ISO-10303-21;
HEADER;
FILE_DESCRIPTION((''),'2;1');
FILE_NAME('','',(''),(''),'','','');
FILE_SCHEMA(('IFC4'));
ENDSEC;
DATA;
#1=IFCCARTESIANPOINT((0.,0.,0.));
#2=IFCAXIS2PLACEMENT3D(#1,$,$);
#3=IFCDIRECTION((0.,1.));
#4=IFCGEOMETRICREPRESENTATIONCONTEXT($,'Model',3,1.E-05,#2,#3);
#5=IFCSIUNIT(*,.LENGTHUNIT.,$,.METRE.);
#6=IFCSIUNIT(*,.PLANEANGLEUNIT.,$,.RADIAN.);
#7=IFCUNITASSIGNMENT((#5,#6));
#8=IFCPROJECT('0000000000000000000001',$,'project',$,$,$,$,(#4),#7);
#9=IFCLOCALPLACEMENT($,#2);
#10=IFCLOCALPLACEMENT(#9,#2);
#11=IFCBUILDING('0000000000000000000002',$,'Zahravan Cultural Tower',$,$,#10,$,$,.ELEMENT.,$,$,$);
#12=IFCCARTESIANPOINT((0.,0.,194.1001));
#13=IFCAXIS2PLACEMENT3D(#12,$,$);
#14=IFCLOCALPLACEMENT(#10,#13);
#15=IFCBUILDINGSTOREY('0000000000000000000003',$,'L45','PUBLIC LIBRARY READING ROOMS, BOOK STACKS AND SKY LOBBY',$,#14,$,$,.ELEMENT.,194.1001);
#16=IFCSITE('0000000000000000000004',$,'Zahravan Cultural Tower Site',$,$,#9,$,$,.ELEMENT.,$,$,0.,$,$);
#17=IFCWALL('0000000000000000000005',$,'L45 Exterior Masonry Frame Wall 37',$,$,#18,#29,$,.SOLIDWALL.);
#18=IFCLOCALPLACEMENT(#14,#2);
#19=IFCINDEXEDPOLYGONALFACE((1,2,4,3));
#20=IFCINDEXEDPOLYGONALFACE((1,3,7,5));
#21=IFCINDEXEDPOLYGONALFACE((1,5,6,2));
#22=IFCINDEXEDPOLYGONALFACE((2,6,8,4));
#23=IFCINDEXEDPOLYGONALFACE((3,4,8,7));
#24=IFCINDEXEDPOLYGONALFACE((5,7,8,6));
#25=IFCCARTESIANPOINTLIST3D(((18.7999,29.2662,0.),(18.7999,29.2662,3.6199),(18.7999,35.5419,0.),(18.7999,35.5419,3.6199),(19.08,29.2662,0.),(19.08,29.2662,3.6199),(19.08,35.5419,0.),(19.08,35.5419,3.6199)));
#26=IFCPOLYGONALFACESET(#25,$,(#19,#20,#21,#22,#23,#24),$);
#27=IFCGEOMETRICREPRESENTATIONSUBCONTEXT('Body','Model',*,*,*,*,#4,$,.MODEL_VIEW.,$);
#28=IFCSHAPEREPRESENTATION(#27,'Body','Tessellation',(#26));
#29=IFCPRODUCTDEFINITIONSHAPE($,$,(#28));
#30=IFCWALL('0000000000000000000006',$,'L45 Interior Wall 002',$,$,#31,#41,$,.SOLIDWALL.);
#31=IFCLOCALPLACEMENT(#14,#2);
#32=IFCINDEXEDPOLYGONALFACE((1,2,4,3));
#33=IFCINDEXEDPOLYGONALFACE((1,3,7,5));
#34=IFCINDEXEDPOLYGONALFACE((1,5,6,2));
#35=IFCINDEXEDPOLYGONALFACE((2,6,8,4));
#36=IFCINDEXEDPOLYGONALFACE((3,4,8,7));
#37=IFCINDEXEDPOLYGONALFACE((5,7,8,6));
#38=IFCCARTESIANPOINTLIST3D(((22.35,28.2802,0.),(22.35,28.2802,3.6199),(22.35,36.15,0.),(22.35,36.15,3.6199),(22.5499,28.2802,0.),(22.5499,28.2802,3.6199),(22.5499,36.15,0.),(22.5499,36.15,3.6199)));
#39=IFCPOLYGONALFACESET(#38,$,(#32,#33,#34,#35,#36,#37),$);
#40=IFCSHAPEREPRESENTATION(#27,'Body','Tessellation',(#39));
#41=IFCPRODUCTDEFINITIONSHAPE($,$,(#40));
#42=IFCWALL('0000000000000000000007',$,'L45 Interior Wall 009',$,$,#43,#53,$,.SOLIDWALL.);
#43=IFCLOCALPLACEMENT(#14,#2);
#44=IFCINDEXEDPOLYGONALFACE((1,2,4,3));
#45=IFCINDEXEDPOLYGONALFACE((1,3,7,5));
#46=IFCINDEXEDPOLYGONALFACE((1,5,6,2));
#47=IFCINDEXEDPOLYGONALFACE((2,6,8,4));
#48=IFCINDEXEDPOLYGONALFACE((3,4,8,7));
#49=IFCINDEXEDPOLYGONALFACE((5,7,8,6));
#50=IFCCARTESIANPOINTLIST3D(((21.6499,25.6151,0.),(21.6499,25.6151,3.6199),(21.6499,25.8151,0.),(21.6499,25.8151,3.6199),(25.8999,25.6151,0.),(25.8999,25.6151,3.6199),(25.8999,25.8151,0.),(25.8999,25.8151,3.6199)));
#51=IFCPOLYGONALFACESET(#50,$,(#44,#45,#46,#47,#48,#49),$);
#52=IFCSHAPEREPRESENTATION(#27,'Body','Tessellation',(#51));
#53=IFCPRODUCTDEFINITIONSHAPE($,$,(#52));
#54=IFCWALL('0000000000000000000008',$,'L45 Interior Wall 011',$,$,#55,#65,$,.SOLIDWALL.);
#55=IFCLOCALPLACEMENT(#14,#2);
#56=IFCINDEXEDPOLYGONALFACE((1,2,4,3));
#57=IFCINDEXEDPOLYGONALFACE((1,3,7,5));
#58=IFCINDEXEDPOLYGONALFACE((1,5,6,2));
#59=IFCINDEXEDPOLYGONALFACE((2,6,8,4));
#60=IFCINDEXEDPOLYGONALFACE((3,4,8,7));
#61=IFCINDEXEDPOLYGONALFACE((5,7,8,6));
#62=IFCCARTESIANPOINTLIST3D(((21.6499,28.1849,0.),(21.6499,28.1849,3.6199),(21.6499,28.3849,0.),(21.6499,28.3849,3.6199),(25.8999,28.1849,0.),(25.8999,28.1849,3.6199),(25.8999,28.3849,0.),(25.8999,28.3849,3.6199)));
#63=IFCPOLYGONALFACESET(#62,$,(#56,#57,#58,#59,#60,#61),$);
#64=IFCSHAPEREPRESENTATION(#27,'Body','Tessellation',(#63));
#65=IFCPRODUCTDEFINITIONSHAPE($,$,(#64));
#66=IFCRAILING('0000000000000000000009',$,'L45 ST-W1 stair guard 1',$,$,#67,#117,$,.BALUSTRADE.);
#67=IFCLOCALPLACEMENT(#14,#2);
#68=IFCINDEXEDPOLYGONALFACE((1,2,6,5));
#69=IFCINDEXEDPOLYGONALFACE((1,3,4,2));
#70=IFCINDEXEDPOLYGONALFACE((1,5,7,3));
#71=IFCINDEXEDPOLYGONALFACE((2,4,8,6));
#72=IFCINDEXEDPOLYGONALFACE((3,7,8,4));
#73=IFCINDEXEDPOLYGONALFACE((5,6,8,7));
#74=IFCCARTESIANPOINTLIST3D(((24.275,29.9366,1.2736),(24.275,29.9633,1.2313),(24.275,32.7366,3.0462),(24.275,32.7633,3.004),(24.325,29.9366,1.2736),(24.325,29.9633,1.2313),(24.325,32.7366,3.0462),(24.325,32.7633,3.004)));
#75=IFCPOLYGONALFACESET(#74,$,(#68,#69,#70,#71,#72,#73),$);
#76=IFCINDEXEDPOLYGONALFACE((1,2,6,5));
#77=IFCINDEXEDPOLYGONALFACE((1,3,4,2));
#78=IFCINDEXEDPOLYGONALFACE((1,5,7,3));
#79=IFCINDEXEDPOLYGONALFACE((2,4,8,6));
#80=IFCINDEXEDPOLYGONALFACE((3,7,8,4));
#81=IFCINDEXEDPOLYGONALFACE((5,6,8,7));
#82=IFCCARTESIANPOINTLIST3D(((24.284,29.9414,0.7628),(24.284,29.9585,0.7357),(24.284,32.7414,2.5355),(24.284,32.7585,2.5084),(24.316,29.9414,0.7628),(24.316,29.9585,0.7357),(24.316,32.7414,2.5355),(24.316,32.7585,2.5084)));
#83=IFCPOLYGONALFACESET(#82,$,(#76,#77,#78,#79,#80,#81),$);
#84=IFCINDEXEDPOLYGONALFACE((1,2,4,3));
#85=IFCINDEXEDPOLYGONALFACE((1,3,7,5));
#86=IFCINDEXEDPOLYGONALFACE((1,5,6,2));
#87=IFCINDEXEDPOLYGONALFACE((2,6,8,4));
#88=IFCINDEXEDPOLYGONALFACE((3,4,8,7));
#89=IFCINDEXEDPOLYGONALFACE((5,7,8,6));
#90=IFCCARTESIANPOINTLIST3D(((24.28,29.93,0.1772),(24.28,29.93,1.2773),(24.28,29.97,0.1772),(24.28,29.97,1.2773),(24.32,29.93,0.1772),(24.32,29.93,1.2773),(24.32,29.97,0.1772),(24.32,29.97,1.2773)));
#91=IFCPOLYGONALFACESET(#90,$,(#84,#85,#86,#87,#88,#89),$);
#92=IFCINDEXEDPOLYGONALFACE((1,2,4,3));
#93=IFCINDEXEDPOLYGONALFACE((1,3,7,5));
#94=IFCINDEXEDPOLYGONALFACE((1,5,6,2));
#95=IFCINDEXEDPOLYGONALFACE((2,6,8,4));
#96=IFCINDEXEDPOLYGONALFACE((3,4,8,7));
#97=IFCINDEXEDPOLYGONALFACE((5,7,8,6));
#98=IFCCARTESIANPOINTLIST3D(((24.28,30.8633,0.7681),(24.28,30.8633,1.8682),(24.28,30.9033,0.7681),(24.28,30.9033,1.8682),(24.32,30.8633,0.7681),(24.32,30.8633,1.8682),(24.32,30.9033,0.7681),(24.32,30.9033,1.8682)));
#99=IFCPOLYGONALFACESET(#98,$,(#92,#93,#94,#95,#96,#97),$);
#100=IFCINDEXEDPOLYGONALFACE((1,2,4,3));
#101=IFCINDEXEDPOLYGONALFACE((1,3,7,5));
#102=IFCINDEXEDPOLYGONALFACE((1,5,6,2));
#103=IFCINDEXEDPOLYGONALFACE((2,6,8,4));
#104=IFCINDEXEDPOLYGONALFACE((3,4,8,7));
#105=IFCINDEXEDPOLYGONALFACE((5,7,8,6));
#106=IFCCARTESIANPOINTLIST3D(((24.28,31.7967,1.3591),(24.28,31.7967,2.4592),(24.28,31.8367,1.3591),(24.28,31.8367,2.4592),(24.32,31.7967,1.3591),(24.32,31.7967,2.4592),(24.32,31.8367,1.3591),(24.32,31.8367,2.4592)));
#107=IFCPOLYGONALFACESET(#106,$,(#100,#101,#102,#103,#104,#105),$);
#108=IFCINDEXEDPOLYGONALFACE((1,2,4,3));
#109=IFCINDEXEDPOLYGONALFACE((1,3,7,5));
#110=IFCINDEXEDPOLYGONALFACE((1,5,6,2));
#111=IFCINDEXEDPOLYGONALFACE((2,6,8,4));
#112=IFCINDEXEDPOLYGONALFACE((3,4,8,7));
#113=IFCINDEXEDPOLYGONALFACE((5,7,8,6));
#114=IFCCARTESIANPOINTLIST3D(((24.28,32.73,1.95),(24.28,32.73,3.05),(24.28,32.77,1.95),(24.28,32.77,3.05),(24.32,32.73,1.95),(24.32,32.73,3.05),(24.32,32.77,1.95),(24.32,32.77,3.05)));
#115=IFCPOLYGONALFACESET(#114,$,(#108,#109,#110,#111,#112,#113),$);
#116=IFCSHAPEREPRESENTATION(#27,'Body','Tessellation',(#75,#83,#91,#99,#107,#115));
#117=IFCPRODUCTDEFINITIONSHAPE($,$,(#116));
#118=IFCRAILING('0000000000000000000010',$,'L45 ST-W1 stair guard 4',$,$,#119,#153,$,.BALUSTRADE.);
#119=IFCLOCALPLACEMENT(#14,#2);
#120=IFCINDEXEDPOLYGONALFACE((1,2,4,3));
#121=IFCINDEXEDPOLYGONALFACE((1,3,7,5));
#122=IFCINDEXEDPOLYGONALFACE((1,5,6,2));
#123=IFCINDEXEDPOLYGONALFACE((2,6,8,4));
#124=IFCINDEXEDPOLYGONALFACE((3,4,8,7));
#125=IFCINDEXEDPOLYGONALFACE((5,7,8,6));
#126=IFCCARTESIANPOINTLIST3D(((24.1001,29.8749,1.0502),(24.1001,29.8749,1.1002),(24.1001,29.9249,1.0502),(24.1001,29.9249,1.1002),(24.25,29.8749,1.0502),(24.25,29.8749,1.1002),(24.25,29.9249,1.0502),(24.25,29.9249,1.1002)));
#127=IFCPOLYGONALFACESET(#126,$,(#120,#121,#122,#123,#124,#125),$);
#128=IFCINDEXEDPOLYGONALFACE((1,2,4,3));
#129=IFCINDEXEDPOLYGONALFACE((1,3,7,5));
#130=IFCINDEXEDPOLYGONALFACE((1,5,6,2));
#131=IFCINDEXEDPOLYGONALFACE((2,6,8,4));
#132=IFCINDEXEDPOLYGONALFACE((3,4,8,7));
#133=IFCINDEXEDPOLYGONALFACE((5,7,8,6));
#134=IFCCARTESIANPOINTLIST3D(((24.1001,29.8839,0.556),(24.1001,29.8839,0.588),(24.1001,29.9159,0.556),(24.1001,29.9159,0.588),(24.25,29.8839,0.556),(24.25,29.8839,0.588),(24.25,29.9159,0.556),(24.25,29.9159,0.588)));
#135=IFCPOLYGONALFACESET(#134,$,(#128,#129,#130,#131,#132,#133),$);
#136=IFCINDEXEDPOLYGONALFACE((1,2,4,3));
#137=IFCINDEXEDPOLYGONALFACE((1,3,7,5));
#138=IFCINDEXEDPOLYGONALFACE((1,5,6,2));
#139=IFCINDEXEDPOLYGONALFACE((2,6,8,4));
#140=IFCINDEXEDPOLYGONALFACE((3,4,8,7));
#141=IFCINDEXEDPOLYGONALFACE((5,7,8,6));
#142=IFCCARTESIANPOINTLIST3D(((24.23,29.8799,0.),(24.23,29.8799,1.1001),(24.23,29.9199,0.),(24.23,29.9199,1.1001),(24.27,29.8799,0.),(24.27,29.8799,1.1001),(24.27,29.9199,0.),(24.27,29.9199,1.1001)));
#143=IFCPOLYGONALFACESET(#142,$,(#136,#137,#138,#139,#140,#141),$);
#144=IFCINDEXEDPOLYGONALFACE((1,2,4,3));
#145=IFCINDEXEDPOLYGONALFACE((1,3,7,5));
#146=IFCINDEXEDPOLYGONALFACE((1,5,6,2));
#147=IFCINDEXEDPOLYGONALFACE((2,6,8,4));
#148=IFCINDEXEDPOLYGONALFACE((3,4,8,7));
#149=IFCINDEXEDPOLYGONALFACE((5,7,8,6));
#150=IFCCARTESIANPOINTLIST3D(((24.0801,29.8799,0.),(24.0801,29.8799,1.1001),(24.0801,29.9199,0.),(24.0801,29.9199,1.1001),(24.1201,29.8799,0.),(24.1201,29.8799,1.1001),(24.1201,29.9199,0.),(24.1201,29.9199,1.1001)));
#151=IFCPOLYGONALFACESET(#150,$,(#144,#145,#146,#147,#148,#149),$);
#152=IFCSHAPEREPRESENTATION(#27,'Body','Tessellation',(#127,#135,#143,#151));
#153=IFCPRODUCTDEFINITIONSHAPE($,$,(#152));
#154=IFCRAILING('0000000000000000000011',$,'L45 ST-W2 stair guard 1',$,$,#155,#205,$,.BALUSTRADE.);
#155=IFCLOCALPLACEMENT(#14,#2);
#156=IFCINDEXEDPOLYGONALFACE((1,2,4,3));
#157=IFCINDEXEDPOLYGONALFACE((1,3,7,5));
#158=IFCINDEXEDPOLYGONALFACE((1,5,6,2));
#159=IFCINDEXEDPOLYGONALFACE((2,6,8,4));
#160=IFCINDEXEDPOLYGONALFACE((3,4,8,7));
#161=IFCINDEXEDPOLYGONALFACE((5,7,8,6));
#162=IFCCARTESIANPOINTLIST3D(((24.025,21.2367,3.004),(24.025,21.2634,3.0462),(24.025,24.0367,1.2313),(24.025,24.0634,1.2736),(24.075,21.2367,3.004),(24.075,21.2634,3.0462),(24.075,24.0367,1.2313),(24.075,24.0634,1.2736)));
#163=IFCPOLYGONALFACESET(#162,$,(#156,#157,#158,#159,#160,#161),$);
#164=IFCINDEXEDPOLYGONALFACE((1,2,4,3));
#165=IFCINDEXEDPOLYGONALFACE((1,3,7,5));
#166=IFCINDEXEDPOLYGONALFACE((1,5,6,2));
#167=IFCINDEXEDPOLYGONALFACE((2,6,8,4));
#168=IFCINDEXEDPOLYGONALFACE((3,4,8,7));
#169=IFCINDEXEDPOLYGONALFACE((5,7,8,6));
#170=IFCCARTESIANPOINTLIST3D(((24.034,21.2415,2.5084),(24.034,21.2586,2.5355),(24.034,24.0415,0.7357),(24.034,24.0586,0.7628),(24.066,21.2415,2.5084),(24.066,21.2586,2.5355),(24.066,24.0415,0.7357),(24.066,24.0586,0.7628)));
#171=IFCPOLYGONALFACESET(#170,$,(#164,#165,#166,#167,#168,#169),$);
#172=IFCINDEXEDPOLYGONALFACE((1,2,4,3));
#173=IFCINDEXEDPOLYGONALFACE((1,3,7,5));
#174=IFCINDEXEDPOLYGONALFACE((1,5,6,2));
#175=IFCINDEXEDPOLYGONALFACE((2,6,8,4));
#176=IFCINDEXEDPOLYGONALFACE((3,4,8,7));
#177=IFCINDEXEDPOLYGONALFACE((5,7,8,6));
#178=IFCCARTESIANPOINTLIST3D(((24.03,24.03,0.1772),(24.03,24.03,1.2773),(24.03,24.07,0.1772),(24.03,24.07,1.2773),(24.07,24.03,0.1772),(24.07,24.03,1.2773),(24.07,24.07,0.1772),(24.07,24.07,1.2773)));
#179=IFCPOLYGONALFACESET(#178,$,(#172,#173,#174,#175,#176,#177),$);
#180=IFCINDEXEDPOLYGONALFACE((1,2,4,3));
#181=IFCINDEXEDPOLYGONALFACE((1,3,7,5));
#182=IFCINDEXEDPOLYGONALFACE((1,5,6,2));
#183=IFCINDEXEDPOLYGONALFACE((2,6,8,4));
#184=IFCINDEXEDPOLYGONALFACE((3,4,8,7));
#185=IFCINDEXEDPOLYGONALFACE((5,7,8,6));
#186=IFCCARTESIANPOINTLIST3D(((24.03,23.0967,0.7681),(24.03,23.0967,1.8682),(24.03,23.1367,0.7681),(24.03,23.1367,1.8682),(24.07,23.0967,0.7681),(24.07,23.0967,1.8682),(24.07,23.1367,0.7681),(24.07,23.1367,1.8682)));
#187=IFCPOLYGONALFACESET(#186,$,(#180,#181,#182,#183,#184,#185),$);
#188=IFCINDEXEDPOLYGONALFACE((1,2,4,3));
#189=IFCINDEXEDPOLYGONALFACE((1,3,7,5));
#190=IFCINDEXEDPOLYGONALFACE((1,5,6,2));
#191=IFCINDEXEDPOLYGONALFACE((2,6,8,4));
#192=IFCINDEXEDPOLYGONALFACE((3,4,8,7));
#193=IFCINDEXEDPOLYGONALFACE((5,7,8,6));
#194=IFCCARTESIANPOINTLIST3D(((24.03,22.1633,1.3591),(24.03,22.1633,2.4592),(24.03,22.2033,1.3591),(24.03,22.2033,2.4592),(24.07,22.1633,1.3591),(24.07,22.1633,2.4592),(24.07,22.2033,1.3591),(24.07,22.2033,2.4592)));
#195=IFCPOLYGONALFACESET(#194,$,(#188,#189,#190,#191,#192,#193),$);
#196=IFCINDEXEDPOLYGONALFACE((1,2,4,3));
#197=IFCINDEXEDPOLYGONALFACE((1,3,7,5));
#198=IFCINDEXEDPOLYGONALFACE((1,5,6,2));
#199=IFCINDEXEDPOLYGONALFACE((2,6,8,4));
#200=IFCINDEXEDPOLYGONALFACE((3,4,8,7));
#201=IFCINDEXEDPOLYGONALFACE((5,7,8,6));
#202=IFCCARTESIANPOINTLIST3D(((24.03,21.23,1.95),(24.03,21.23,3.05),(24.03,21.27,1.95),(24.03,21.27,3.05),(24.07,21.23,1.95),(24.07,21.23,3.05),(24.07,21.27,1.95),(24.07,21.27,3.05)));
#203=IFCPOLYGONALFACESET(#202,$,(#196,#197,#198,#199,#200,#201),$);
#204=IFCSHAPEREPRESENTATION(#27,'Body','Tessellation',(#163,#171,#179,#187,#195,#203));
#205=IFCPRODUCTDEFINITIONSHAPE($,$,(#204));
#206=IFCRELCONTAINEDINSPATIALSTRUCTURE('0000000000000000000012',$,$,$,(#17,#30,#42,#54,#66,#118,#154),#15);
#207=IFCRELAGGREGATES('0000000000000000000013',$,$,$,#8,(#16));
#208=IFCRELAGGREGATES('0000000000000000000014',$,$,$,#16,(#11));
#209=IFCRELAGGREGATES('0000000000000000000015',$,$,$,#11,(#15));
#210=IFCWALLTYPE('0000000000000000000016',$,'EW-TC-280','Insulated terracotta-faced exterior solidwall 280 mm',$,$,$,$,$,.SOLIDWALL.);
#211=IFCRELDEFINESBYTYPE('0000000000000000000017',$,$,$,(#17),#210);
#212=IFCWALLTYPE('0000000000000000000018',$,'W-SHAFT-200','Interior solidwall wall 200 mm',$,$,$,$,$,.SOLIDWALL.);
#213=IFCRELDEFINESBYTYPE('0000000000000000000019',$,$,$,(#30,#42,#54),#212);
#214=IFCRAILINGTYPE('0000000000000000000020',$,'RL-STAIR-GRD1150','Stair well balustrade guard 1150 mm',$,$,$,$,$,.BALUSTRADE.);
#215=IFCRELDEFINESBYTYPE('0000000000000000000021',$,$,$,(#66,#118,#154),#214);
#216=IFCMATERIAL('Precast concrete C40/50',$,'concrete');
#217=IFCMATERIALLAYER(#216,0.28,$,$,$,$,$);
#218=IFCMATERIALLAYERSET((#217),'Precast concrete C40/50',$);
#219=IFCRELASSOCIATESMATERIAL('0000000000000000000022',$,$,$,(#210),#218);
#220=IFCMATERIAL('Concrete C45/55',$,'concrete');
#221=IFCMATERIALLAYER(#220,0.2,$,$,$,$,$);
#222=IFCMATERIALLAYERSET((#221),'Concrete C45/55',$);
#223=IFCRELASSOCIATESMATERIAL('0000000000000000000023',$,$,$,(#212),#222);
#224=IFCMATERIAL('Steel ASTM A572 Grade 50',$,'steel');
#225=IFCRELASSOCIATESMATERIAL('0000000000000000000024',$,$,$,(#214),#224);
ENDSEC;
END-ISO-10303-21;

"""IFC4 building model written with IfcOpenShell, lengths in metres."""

from ifc_helpers import new_model, si_unit, direction, frame, frame_2d, origin, origin_2d, place, context, subcontext, project, spatial, rectangle, extrude, source, transform, mapped, material, layer, layer_set, type_object, element, save


model = new_model("IFC4")

# Units and contexts
model_context = context("Model", 3, precision=1e-05, world=origin(), true_north=direction((0.0, 1.0)))
body_context = subcontext(model_context, "Body", "Model", "MODEL_VIEW")
ifc_project = project(units=[si_unit("LENGTHUNIT", "METRE"), si_unit("PLANEANGLEUNIT", "RADIAN")], contexts=[model_context])

# Site, building, storey
site_placement = place(None, origin())
site = spatial("IfcSite", under=ifc_project, at=site_placement, Name="Zahravan Cultural Tower Site", CompositionType="ELEMENT", RefElevation=0.0)
building_placement = place(site_placement, origin())
building = spatial("IfcBuilding", under=site, at=building_placement, Name="Zahravan Cultural Tower", CompositionType="ELEMENT")
storey_placement = place(building_placement, frame((0.0, 0.0, 194.1001)))
storey = spatial("IfcBuildingStorey", under=building, at=storey_placement, Name="L45", Description="PUBLIC LIBRARY READING ROOMS, BOOK STACKS AND SKY LOBBY", CompositionType="ELEMENT", Elevation=194.1001)

# Walls
ifc_material_1 = material(Name="Precast concrete C40/50", Category="concrete")
ifc_layer_1 = layer(ifc_material_1, 0.28)
ifc_layer_set_1 = layer_set([ifc_layer_1], Name="Precast concrete C40/50")
wall_type_1 = type_object("IfcWallType", Name="EW-TC-280", Description="Insulated terracotta-faced exterior solidwall 280 mm", PredefinedType="SOLIDWALL", material=ifc_layer_set_1)
shared_shape_1 = source(origin(), body_context, "Body", "SweptSolid", [
    extrude(rectangle(XDim=6.2756, YDim=0.28, at=frame_2d((3.1377, 0.0))), origin(), (0.0, 0.0, 1.0), 3.6199),
])
wall_1_placement = place(storey_placement, frame((18.9399, 29.2664, 0.0), z_axis=(0.0, 0.0, 1.0), x_axis=(0.0, 1.0, 0.0)))
element("IfcWall", 1, at=wall_1_placement, inside=storey, type_object=wall_type_1, Name="L45 Exterior Masonry Frame Wall 37", PredefinedType="SOLIDWALL", context=body_context, shape_type="MappedRepresentation", body=[
    mapped(shared_shape_1, transform((0.0, 0.0, 0.0), x_axis=(1.0, 0.0, 0.0), y_axis=(0.0, 1.0, 0.0), z_axis=(0.0, 0.0, 1.0), scale=1.0)),
])
ifc_material_2 = material(Name="Concrete C45/55", Category="concrete")
ifc_layer_2 = layer(ifc_material_2, 0.2)
ifc_layer_set_2 = layer_set([ifc_layer_2], Name="Concrete C45/55")
wall_type_2 = type_object("IfcWallType", Name="W-SHAFT-200", Description="Interior solidwall wall 200 mm", PredefinedType="SOLIDWALL", material=ifc_layer_set_2)
shared_shape_2 = source(origin(), body_context, "Body", "SweptSolid", [
    extrude(rectangle(XDim=7.8699, YDim=0.2, at=frame_2d((3.9351, 0.0))), origin(), (0.0, 0.0, 1.0), 3.6199),
])
wall_2_placement = place(storey_placement, frame((22.45, 28.28, 0.0), z_axis=(0.0, 0.0, 1.0), x_axis=(0.0, 1.0, 0.0)))
element("IfcWall", 2, at=wall_2_placement, inside=storey, type_object=wall_type_2, Name="L45 Interior Wall 002", PredefinedType="SOLIDWALL", context=body_context, shape_type="MappedRepresentation", body=[
    mapped(shared_shape_2, transform((0.0, 0.0, 0.0), x_axis=(1.0, 0.0, 0.0), y_axis=(0.0, 1.0, 0.0), z_axis=(0.0, 0.0, 1.0), scale=1.0)),
])
shared_shape_3 = source(origin(), body_context, "Body", "SweptSolid", [
    extrude(rectangle(XDim=4.25, YDim=0.2, at=frame_2d((2.125, 0.0))), origin(), (0.0, 0.0, 1.0), 3.6199),
])
for number, where, z_axis, x_axis, name in (
    (3, (21.6499, 25.7151, 0.0), (0.0, 0.0, 1.0), (1.0, 0.0, 0.0), "L45 Interior Wall 009"),
    (4, (21.6499, 28.2849, 0.0), (0.0, 0.0, 1.0), (1.0, 0.0, 0.0), "L45 Interior Wall 011"),
):
    element("IfcWall", number, at=place(storey_placement, frame(where, z_axis=z_axis, x_axis=x_axis)), inside=storey, type_object=wall_type_2, Name=name, PredefinedType="SOLIDWALL", context=body_context, shape_type="MappedRepresentation", body=[
        mapped(shared_shape_3, transform((0.0, 0.0, 0.0), x_axis=(1.0, 0.0, 0.0), y_axis=(0.0, 1.0, 0.0), z_axis=(0.0, 0.0, 1.0), scale=1.0)),
    ])

# Railings
ifc_material_3 = material(Name="Steel ASTM A572 Grade 50", Category="steel")
railing_type = type_object("IfcRailingType", Name="RL-STAIR-GRD1150", Description="Stair well balustrade guard 1150 mm", PredefinedType="BALUSTRADE", material=ifc_material_3)
railing_1_placement = place(storey_placement, frame((24.3, 29.95, 0.1772)))
element("IfcRailing", 5, at=railing_1_placement, inside=storey, type_object=railing_type, Name="L45 ST-W1 stair guard 1", PredefinedType="BALUSTRADE", context=body_context, shape_type="SweptSolid", body=[
    extrude(rectangle(XDim=0.05, YDim=0.05, at=origin_2d()), frame((0.0, 0.0, 1.0752), z_axis=(0.0, 0.844909, 0.53491), x_axis=(-1.0, 0.0, 0.0)), (0.0, 0.0, 1.0), 3.314),
    extrude(rectangle(XDim=0.032, YDim=0.032, at=origin_2d()), frame((0.0, 0.0, 0.572), z_axis=(0.0, 0.844909, 0.53491), x_axis=(-1.0, 0.0, 0.0)), (0.0, 0.0, 1.0), 3.314),
    extrude(rectangle(XDim=0.04, YDim=0.04, at=origin_2d()), origin(), (0.0, 0.0, 1.0), 1.1001),
    extrude(rectangle(XDim=0.04, YDim=0.04, at=origin_2d()), frame((0.0, 0.9333, 0.5908)), (0.0, 0.0, 1.0), 1.1001),
    extrude(rectangle(XDim=0.04, YDim=0.04, at=origin_2d()), frame((0.0, 1.8667, 1.1819)), (0.0, 0.0, 1.0), 1.1001),
    extrude(rectangle(XDim=0.04, YDim=0.04, at=origin_2d()), frame((0.0, 2.8, 1.7727)), (0.0, 0.0, 1.0), 1.1001),
])
railing_2_placement = place(storey_placement, frame((24.25, 29.8999, 0.0)))
element("IfcRailing", 6, at=railing_2_placement, inside=storey, type_object=railing_type, Name="L45 ST-W1 stair guard 4", PredefinedType="BALUSTRADE", context=body_context, shape_type="SweptSolid", body=[
    extrude(rectangle(XDim=0.05, YDim=0.05, at=origin_2d()), frame((0.0, 0.0, 1.0752), z_axis=(-1.0, 0.0, 0.0), x_axis=(0.0, -1.0, 0.0)), (0.0, 0.0, 1.0), 0.1499),
    extrude(rectangle(XDim=0.032, YDim=0.032, at=origin_2d()), frame((0.0, 0.0, 0.572), z_axis=(-1.0, 0.0, 0.0), x_axis=(0.0, -1.0, 0.0)), (0.0, 0.0, 1.0), 0.1499),
    extrude(rectangle(XDim=0.04, YDim=0.04, at=origin_2d()), origin(), (0.0, 0.0, 1.0), 1.1001),
    extrude(rectangle(XDim=0.04, YDim=0.04, at=origin_2d()), frame((-0.1499, 0.0, 0.0)), (0.0, 0.0, 1.0), 1.1001),
])
railing_3_placement = place(storey_placement, frame((24.05, 24.05, 0.1772)))
element("IfcRailing", 7, at=railing_3_placement, inside=storey, type_object=railing_type, Name="L45 ST-W2 stair guard 1", PredefinedType="BALUSTRADE", context=body_context, shape_type="SweptSolid", body=[
    extrude(rectangle(XDim=0.05, YDim=0.05, at=origin_2d()), frame((0.0, 0.0, 1.0752), z_axis=(0.0, -0.844909, 0.53491), x_axis=(1.0, 0.0, 0.0)), (0.0, 0.0, 1.0), 3.314),
    extrude(rectangle(XDim=0.032, YDim=0.032, at=origin_2d()), frame((0.0, 0.0, 0.572), z_axis=(0.0, -0.844909, 0.53491), x_axis=(1.0, 0.0, 0.0)), (0.0, 0.0, 1.0), 3.314),
    extrude(rectangle(XDim=0.04, YDim=0.04, at=origin_2d()), origin(), (0.0, 0.0, 1.0), 1.1001),
    extrude(rectangle(XDim=0.04, YDim=0.04, at=origin_2d()), frame((0.0, -0.9333, 0.5908)), (0.0, 0.0, 1.0), 1.1001),
    extrude(rectangle(XDim=0.04, YDim=0.04, at=origin_2d()), frame((0.0, -1.8667, 1.1819)), (0.0, 0.0, 1.0), 1.1001),
    extrude(rectangle(XDim=0.04, YDim=0.04, at=origin_2d()), frame((0.0, -2.8, 1.7727)), (0.0, 0.0, 1.0), 1.1001),
])

save(model, "model.ifc")
